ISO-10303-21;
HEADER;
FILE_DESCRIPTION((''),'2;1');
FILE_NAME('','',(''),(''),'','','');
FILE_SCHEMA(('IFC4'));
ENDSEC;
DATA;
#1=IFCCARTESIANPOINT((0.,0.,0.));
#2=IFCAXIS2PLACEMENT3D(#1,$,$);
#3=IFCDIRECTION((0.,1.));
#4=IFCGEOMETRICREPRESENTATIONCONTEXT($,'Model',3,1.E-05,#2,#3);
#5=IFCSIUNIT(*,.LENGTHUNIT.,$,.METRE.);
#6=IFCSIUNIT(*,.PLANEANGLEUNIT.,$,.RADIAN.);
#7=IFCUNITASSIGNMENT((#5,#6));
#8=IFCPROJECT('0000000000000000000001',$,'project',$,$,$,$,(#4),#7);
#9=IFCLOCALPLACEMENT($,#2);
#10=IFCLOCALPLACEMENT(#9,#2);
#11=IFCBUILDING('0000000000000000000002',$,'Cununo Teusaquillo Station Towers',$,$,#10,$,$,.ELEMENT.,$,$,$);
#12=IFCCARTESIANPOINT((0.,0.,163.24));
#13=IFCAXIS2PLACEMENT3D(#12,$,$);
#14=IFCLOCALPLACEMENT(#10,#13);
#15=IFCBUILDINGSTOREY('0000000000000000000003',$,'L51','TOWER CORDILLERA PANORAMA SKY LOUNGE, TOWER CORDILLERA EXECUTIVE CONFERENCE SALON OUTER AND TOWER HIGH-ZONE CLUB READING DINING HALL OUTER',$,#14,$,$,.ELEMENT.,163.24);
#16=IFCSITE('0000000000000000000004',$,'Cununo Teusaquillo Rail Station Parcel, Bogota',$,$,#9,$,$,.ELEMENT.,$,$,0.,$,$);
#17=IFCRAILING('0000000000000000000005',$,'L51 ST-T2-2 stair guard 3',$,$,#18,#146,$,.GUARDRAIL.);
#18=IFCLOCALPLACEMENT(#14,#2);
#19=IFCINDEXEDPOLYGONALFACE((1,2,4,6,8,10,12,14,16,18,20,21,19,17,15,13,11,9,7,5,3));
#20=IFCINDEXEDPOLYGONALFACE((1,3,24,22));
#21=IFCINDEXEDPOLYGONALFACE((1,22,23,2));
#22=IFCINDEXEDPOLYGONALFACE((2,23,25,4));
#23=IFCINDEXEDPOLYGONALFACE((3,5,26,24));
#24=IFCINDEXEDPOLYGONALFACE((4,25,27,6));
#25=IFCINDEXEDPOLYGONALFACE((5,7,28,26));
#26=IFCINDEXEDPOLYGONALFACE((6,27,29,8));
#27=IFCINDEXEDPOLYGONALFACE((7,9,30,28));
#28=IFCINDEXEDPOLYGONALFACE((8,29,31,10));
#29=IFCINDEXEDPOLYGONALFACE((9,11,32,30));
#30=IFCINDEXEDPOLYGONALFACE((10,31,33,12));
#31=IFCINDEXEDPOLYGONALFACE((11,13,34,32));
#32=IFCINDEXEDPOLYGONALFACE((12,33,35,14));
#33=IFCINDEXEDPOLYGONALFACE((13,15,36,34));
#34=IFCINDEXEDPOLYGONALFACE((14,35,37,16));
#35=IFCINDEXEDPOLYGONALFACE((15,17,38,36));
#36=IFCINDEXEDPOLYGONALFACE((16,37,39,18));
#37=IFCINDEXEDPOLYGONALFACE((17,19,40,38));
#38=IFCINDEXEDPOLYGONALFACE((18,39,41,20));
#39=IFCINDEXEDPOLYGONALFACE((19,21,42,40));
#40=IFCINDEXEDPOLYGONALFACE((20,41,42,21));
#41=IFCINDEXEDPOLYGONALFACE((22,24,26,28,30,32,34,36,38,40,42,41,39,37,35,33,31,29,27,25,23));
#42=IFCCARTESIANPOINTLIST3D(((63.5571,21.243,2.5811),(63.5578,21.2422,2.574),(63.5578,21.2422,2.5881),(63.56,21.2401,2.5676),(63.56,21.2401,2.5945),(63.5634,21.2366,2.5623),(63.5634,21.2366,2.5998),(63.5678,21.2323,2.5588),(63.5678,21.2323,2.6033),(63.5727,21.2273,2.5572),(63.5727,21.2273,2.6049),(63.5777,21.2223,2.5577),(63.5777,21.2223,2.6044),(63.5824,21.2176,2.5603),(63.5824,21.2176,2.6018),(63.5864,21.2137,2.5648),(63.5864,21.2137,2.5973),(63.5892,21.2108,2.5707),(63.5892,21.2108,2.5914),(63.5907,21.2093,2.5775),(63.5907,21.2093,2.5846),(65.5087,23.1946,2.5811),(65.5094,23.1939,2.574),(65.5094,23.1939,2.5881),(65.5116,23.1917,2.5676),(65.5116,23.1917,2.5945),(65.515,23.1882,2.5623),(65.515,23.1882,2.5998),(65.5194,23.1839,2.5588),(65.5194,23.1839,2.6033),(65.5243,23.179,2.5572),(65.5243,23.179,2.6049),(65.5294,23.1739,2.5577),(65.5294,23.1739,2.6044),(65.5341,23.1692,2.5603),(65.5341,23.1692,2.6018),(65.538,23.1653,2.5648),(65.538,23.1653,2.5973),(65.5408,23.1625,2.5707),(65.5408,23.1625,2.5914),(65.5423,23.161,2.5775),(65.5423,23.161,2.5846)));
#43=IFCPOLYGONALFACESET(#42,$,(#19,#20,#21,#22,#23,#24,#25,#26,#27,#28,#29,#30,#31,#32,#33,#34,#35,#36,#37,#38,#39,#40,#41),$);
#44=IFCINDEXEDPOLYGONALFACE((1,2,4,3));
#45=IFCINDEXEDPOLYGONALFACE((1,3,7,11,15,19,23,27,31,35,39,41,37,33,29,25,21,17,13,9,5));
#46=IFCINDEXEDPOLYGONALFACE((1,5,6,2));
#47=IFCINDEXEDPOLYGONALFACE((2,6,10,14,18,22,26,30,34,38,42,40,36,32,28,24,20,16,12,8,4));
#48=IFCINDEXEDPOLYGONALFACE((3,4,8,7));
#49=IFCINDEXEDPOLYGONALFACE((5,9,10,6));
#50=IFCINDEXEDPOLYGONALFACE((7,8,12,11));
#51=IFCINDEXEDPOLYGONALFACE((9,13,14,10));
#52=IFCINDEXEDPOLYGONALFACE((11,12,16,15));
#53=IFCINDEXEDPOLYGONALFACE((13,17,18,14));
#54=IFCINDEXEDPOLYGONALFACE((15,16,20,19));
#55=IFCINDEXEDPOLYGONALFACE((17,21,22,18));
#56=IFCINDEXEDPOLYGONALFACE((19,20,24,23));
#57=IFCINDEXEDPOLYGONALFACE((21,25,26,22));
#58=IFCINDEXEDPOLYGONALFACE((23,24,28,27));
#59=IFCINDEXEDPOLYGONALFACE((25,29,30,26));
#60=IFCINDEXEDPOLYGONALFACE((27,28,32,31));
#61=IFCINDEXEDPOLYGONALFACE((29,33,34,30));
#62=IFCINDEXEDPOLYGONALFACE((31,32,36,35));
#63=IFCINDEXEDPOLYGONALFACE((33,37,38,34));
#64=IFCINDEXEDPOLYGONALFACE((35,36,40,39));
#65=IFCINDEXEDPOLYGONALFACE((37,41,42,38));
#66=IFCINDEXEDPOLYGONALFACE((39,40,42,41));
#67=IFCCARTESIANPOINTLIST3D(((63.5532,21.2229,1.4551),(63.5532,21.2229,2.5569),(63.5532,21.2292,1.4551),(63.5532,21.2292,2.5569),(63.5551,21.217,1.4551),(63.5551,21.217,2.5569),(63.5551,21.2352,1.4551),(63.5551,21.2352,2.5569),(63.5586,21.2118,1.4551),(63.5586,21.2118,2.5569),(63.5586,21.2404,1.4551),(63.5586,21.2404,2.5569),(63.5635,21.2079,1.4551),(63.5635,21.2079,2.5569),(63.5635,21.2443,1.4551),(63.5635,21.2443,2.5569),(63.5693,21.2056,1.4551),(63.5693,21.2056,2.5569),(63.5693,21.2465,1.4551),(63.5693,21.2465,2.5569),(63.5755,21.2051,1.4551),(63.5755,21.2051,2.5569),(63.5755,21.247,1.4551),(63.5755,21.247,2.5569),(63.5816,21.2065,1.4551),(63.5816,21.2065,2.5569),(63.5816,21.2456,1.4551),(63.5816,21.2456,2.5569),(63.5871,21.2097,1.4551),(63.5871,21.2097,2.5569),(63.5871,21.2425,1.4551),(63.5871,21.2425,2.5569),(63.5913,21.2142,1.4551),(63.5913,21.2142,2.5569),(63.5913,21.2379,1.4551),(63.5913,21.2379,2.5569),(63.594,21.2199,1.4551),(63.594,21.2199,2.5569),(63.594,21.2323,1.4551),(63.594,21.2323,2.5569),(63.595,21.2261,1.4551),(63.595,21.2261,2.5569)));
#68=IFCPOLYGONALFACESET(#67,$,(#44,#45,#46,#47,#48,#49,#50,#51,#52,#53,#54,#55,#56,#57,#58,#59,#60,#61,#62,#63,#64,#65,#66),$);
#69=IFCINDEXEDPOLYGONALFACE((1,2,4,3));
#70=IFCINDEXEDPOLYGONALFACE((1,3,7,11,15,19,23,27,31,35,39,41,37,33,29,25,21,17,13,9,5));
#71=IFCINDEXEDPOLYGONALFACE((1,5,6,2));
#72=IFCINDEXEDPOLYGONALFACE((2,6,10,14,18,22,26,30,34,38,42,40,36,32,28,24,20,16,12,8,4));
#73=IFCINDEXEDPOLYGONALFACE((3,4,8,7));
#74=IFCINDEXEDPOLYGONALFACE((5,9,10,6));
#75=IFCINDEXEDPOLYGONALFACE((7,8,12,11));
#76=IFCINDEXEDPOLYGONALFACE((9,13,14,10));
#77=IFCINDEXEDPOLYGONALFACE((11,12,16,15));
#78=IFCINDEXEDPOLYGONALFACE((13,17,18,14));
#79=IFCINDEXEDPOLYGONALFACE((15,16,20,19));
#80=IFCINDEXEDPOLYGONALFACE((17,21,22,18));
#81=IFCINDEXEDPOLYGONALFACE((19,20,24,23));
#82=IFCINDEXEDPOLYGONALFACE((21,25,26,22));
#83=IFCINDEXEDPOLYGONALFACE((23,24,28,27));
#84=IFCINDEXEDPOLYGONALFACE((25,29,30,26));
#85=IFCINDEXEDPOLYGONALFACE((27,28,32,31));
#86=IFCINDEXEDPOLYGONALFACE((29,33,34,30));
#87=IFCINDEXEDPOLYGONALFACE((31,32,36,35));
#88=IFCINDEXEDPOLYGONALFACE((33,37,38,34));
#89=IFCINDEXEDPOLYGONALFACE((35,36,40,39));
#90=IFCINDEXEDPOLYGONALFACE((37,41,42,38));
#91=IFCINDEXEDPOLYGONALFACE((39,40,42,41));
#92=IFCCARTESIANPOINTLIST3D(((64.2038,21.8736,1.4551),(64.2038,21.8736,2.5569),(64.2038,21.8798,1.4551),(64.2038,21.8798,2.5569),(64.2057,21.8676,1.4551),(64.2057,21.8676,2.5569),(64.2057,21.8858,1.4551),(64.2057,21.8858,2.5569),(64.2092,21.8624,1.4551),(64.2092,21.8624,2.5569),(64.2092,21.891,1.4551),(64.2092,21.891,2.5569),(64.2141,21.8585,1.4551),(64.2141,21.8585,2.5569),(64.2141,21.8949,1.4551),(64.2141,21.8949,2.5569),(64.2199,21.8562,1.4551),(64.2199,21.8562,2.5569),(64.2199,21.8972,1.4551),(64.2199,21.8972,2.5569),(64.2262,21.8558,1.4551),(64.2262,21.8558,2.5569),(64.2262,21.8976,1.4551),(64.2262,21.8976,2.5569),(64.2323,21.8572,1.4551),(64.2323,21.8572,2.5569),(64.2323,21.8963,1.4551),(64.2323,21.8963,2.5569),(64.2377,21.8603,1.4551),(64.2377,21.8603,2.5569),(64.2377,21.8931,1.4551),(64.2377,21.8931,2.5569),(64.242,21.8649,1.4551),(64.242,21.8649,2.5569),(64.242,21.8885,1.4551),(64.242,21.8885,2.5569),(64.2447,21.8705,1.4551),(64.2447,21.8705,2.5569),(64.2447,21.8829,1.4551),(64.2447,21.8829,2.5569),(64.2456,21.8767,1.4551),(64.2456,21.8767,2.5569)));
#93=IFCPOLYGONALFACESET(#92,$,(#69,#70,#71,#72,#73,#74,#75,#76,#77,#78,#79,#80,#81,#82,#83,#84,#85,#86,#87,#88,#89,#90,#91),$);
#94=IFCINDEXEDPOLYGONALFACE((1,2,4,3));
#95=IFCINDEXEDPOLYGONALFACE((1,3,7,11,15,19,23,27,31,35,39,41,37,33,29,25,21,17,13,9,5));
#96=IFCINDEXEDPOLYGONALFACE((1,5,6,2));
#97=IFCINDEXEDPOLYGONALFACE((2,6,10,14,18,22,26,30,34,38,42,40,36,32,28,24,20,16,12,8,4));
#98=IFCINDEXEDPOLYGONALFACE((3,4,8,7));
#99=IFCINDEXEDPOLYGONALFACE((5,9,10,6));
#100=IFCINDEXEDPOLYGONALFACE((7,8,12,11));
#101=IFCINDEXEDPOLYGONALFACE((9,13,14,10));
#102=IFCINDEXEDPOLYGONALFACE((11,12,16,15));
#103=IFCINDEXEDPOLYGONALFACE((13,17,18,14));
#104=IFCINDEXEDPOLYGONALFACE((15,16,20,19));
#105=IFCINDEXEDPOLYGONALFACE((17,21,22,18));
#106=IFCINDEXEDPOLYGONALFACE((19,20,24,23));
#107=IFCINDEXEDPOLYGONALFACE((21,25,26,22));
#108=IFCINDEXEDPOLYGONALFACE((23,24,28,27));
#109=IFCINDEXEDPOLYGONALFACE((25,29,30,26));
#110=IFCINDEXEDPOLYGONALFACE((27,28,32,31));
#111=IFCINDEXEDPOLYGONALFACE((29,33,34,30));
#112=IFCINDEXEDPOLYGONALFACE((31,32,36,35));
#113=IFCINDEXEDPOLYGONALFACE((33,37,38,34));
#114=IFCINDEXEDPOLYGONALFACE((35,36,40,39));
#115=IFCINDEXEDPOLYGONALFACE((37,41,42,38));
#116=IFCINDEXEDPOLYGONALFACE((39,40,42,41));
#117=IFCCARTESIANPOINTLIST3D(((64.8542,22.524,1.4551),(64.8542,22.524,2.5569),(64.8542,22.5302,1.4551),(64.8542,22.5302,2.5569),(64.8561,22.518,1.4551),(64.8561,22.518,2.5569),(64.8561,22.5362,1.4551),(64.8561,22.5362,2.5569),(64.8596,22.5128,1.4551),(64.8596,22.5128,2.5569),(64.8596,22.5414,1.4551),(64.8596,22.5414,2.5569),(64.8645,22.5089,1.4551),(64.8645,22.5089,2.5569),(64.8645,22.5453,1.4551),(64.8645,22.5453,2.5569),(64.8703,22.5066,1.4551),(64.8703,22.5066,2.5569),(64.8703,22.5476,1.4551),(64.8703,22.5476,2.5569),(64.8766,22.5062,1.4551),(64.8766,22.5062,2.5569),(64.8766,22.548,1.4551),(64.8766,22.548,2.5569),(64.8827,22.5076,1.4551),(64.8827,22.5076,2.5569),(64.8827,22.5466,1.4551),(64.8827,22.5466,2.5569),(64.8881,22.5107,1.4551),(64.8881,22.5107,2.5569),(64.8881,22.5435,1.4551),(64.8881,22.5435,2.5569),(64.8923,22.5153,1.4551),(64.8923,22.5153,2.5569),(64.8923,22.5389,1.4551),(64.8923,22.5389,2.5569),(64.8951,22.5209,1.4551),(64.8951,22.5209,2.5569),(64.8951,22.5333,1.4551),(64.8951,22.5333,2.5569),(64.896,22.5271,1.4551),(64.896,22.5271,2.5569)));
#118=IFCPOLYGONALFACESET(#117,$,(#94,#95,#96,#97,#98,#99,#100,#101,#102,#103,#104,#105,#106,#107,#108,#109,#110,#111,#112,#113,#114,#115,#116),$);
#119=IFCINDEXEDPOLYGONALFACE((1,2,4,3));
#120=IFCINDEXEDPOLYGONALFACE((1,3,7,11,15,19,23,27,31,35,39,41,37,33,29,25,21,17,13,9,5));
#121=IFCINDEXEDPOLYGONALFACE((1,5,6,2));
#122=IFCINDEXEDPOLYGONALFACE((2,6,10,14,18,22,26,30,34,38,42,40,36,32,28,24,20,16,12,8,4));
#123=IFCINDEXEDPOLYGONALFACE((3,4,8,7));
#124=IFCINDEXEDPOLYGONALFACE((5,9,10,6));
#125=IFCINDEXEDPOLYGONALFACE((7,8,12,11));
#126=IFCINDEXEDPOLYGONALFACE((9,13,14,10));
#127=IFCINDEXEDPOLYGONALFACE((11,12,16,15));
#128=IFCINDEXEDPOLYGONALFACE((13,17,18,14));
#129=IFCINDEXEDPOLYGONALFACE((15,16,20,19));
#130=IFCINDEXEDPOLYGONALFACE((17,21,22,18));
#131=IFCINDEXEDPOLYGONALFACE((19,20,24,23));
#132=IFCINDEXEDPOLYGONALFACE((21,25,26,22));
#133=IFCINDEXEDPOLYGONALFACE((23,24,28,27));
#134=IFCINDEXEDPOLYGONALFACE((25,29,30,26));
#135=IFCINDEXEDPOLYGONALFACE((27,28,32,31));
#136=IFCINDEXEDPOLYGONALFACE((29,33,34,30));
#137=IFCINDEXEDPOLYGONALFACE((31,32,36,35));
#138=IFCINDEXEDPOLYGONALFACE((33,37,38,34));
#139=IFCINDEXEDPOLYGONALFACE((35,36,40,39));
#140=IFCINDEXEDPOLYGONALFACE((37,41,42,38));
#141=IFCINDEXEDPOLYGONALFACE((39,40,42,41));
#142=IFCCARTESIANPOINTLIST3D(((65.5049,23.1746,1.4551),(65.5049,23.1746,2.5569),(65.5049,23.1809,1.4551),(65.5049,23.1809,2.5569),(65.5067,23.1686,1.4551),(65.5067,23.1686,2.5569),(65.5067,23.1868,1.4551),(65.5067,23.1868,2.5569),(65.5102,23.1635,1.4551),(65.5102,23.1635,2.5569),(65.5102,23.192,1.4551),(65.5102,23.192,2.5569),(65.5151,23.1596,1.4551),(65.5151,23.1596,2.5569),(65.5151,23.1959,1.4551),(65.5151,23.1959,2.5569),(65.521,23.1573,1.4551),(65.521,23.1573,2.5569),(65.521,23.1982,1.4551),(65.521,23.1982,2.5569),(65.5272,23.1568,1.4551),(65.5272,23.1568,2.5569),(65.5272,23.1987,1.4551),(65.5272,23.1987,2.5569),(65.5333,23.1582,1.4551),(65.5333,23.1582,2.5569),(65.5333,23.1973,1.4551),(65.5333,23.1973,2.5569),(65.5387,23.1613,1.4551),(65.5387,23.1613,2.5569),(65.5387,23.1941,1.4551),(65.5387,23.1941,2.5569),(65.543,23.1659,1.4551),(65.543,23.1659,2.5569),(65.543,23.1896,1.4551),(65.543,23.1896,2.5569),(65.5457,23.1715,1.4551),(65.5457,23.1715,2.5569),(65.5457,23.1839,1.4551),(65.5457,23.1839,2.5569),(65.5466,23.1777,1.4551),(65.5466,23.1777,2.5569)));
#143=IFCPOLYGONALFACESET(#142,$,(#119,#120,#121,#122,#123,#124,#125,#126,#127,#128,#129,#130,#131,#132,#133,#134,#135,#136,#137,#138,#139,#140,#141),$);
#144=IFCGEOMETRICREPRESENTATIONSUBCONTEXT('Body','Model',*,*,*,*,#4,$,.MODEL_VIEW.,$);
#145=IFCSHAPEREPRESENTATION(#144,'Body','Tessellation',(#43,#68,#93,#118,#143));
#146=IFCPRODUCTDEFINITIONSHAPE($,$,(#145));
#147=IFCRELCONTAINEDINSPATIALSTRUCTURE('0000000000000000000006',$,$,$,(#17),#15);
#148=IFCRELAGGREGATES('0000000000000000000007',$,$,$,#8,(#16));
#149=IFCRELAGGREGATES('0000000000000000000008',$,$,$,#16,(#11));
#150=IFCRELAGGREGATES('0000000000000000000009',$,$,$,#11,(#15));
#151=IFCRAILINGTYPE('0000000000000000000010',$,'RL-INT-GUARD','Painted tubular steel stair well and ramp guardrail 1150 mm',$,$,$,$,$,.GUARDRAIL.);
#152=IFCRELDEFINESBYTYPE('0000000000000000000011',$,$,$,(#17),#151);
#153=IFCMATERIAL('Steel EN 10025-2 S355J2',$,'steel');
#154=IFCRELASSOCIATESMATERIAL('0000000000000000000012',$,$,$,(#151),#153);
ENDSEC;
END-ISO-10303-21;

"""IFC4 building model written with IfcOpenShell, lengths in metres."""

from ifc_helpers import new_model, si_unit, direction, frame, origin, origin_2d, place, context, subcontext, project, spatial, circle, extrude, material, type_object, element, save


model = new_model("IFC4")

# Units and contexts
model_context = context("Model", 3, precision=1e-05, world=origin(), true_north=direction((0.0, 1.0)))
body_context = subcontext(model_context, "Body", "Model", "MODEL_VIEW")
ifc_project = project(units=[si_unit("LENGTHUNIT", "METRE"), si_unit("PLANEANGLEUNIT", "RADIAN")], contexts=[model_context])

# Site, building, storey
site_placement = place(None, origin())
site = spatial("IfcSite", under=ifc_project, at=site_placement, Name="Cununo Teusaquillo Rail Station Parcel, Bogota", CompositionType="ELEMENT", RefElevation=0.0)
building_placement = place(site_placement, origin())
building = spatial("IfcBuilding", under=site, at=building_placement, Name="Cununo Teusaquillo Station Towers", CompositionType="ELEMENT")
storey_placement = place(building_placement, frame((0.0, 0.0, 163.24)))
storey = spatial("IfcBuildingStorey", under=building, at=storey_placement, Name="L51", Description="TOWER CORDILLERA PANORAMA SKY LOUNGE, TOWER CORDILLERA EXECUTIVE CONFERENCE SALON OUTER AND TOWER HIGH-ZONE CLUB READING DINING HALL OUTER", CompositionType="ELEMENT", Elevation=163.24)

# Railing
ifc_material_1 = material(Name="Steel EN 10025-2 S355J2", Category="steel")
railing_type = type_object("IfcRailingType", Name="RL-INT-GUARD", Description="Painted tubular steel stair well and ramp guardrail 1150 mm", PredefinedType="GUARDRAIL", material=ifc_material_1)
railing_1_placement = place(storey_placement, frame((63.574, 21.2261, 1.4551)))
element("IfcRailing", 1, at=railing_1_placement, inside=storey, type_object=railing_type, Name="L51 ST-T2-2 stair guard 3", PredefinedType="GUARDRAIL", context=body_context, shape_type="SweptSolid", body=[
    extrude(circle(Radius=0.0239, at=origin_2d()), frame((0.0, 0.0, 1.126), z_axis=(0.707107, 0.707107, 0.0), x_axis=(-0.707107, 0.707107, 0.0)), (0.0, 0.0, 1.0), 2.76),
    extrude(circle(Radius=0.021, at=origin_2d()), origin(), (0.0, 0.0, 1.0), 1.1018),
    extrude(circle(Radius=0.021, at=origin_2d()), frame((0.6506, 0.6506, 0.0)), (0.0, 0.0, 1.0), 1.1018),
    extrude(circle(Radius=0.021, at=origin_2d()), frame((1.301, 1.301, 0.0)), (0.0, 0.0, 1.0), 1.1018),
    extrude(circle(Radius=0.021, at=origin_2d()), frame((1.9517, 1.9517, 0.0)), (0.0, 0.0, 1.0), 1.1018),
])

save(model, "model.ifc")
